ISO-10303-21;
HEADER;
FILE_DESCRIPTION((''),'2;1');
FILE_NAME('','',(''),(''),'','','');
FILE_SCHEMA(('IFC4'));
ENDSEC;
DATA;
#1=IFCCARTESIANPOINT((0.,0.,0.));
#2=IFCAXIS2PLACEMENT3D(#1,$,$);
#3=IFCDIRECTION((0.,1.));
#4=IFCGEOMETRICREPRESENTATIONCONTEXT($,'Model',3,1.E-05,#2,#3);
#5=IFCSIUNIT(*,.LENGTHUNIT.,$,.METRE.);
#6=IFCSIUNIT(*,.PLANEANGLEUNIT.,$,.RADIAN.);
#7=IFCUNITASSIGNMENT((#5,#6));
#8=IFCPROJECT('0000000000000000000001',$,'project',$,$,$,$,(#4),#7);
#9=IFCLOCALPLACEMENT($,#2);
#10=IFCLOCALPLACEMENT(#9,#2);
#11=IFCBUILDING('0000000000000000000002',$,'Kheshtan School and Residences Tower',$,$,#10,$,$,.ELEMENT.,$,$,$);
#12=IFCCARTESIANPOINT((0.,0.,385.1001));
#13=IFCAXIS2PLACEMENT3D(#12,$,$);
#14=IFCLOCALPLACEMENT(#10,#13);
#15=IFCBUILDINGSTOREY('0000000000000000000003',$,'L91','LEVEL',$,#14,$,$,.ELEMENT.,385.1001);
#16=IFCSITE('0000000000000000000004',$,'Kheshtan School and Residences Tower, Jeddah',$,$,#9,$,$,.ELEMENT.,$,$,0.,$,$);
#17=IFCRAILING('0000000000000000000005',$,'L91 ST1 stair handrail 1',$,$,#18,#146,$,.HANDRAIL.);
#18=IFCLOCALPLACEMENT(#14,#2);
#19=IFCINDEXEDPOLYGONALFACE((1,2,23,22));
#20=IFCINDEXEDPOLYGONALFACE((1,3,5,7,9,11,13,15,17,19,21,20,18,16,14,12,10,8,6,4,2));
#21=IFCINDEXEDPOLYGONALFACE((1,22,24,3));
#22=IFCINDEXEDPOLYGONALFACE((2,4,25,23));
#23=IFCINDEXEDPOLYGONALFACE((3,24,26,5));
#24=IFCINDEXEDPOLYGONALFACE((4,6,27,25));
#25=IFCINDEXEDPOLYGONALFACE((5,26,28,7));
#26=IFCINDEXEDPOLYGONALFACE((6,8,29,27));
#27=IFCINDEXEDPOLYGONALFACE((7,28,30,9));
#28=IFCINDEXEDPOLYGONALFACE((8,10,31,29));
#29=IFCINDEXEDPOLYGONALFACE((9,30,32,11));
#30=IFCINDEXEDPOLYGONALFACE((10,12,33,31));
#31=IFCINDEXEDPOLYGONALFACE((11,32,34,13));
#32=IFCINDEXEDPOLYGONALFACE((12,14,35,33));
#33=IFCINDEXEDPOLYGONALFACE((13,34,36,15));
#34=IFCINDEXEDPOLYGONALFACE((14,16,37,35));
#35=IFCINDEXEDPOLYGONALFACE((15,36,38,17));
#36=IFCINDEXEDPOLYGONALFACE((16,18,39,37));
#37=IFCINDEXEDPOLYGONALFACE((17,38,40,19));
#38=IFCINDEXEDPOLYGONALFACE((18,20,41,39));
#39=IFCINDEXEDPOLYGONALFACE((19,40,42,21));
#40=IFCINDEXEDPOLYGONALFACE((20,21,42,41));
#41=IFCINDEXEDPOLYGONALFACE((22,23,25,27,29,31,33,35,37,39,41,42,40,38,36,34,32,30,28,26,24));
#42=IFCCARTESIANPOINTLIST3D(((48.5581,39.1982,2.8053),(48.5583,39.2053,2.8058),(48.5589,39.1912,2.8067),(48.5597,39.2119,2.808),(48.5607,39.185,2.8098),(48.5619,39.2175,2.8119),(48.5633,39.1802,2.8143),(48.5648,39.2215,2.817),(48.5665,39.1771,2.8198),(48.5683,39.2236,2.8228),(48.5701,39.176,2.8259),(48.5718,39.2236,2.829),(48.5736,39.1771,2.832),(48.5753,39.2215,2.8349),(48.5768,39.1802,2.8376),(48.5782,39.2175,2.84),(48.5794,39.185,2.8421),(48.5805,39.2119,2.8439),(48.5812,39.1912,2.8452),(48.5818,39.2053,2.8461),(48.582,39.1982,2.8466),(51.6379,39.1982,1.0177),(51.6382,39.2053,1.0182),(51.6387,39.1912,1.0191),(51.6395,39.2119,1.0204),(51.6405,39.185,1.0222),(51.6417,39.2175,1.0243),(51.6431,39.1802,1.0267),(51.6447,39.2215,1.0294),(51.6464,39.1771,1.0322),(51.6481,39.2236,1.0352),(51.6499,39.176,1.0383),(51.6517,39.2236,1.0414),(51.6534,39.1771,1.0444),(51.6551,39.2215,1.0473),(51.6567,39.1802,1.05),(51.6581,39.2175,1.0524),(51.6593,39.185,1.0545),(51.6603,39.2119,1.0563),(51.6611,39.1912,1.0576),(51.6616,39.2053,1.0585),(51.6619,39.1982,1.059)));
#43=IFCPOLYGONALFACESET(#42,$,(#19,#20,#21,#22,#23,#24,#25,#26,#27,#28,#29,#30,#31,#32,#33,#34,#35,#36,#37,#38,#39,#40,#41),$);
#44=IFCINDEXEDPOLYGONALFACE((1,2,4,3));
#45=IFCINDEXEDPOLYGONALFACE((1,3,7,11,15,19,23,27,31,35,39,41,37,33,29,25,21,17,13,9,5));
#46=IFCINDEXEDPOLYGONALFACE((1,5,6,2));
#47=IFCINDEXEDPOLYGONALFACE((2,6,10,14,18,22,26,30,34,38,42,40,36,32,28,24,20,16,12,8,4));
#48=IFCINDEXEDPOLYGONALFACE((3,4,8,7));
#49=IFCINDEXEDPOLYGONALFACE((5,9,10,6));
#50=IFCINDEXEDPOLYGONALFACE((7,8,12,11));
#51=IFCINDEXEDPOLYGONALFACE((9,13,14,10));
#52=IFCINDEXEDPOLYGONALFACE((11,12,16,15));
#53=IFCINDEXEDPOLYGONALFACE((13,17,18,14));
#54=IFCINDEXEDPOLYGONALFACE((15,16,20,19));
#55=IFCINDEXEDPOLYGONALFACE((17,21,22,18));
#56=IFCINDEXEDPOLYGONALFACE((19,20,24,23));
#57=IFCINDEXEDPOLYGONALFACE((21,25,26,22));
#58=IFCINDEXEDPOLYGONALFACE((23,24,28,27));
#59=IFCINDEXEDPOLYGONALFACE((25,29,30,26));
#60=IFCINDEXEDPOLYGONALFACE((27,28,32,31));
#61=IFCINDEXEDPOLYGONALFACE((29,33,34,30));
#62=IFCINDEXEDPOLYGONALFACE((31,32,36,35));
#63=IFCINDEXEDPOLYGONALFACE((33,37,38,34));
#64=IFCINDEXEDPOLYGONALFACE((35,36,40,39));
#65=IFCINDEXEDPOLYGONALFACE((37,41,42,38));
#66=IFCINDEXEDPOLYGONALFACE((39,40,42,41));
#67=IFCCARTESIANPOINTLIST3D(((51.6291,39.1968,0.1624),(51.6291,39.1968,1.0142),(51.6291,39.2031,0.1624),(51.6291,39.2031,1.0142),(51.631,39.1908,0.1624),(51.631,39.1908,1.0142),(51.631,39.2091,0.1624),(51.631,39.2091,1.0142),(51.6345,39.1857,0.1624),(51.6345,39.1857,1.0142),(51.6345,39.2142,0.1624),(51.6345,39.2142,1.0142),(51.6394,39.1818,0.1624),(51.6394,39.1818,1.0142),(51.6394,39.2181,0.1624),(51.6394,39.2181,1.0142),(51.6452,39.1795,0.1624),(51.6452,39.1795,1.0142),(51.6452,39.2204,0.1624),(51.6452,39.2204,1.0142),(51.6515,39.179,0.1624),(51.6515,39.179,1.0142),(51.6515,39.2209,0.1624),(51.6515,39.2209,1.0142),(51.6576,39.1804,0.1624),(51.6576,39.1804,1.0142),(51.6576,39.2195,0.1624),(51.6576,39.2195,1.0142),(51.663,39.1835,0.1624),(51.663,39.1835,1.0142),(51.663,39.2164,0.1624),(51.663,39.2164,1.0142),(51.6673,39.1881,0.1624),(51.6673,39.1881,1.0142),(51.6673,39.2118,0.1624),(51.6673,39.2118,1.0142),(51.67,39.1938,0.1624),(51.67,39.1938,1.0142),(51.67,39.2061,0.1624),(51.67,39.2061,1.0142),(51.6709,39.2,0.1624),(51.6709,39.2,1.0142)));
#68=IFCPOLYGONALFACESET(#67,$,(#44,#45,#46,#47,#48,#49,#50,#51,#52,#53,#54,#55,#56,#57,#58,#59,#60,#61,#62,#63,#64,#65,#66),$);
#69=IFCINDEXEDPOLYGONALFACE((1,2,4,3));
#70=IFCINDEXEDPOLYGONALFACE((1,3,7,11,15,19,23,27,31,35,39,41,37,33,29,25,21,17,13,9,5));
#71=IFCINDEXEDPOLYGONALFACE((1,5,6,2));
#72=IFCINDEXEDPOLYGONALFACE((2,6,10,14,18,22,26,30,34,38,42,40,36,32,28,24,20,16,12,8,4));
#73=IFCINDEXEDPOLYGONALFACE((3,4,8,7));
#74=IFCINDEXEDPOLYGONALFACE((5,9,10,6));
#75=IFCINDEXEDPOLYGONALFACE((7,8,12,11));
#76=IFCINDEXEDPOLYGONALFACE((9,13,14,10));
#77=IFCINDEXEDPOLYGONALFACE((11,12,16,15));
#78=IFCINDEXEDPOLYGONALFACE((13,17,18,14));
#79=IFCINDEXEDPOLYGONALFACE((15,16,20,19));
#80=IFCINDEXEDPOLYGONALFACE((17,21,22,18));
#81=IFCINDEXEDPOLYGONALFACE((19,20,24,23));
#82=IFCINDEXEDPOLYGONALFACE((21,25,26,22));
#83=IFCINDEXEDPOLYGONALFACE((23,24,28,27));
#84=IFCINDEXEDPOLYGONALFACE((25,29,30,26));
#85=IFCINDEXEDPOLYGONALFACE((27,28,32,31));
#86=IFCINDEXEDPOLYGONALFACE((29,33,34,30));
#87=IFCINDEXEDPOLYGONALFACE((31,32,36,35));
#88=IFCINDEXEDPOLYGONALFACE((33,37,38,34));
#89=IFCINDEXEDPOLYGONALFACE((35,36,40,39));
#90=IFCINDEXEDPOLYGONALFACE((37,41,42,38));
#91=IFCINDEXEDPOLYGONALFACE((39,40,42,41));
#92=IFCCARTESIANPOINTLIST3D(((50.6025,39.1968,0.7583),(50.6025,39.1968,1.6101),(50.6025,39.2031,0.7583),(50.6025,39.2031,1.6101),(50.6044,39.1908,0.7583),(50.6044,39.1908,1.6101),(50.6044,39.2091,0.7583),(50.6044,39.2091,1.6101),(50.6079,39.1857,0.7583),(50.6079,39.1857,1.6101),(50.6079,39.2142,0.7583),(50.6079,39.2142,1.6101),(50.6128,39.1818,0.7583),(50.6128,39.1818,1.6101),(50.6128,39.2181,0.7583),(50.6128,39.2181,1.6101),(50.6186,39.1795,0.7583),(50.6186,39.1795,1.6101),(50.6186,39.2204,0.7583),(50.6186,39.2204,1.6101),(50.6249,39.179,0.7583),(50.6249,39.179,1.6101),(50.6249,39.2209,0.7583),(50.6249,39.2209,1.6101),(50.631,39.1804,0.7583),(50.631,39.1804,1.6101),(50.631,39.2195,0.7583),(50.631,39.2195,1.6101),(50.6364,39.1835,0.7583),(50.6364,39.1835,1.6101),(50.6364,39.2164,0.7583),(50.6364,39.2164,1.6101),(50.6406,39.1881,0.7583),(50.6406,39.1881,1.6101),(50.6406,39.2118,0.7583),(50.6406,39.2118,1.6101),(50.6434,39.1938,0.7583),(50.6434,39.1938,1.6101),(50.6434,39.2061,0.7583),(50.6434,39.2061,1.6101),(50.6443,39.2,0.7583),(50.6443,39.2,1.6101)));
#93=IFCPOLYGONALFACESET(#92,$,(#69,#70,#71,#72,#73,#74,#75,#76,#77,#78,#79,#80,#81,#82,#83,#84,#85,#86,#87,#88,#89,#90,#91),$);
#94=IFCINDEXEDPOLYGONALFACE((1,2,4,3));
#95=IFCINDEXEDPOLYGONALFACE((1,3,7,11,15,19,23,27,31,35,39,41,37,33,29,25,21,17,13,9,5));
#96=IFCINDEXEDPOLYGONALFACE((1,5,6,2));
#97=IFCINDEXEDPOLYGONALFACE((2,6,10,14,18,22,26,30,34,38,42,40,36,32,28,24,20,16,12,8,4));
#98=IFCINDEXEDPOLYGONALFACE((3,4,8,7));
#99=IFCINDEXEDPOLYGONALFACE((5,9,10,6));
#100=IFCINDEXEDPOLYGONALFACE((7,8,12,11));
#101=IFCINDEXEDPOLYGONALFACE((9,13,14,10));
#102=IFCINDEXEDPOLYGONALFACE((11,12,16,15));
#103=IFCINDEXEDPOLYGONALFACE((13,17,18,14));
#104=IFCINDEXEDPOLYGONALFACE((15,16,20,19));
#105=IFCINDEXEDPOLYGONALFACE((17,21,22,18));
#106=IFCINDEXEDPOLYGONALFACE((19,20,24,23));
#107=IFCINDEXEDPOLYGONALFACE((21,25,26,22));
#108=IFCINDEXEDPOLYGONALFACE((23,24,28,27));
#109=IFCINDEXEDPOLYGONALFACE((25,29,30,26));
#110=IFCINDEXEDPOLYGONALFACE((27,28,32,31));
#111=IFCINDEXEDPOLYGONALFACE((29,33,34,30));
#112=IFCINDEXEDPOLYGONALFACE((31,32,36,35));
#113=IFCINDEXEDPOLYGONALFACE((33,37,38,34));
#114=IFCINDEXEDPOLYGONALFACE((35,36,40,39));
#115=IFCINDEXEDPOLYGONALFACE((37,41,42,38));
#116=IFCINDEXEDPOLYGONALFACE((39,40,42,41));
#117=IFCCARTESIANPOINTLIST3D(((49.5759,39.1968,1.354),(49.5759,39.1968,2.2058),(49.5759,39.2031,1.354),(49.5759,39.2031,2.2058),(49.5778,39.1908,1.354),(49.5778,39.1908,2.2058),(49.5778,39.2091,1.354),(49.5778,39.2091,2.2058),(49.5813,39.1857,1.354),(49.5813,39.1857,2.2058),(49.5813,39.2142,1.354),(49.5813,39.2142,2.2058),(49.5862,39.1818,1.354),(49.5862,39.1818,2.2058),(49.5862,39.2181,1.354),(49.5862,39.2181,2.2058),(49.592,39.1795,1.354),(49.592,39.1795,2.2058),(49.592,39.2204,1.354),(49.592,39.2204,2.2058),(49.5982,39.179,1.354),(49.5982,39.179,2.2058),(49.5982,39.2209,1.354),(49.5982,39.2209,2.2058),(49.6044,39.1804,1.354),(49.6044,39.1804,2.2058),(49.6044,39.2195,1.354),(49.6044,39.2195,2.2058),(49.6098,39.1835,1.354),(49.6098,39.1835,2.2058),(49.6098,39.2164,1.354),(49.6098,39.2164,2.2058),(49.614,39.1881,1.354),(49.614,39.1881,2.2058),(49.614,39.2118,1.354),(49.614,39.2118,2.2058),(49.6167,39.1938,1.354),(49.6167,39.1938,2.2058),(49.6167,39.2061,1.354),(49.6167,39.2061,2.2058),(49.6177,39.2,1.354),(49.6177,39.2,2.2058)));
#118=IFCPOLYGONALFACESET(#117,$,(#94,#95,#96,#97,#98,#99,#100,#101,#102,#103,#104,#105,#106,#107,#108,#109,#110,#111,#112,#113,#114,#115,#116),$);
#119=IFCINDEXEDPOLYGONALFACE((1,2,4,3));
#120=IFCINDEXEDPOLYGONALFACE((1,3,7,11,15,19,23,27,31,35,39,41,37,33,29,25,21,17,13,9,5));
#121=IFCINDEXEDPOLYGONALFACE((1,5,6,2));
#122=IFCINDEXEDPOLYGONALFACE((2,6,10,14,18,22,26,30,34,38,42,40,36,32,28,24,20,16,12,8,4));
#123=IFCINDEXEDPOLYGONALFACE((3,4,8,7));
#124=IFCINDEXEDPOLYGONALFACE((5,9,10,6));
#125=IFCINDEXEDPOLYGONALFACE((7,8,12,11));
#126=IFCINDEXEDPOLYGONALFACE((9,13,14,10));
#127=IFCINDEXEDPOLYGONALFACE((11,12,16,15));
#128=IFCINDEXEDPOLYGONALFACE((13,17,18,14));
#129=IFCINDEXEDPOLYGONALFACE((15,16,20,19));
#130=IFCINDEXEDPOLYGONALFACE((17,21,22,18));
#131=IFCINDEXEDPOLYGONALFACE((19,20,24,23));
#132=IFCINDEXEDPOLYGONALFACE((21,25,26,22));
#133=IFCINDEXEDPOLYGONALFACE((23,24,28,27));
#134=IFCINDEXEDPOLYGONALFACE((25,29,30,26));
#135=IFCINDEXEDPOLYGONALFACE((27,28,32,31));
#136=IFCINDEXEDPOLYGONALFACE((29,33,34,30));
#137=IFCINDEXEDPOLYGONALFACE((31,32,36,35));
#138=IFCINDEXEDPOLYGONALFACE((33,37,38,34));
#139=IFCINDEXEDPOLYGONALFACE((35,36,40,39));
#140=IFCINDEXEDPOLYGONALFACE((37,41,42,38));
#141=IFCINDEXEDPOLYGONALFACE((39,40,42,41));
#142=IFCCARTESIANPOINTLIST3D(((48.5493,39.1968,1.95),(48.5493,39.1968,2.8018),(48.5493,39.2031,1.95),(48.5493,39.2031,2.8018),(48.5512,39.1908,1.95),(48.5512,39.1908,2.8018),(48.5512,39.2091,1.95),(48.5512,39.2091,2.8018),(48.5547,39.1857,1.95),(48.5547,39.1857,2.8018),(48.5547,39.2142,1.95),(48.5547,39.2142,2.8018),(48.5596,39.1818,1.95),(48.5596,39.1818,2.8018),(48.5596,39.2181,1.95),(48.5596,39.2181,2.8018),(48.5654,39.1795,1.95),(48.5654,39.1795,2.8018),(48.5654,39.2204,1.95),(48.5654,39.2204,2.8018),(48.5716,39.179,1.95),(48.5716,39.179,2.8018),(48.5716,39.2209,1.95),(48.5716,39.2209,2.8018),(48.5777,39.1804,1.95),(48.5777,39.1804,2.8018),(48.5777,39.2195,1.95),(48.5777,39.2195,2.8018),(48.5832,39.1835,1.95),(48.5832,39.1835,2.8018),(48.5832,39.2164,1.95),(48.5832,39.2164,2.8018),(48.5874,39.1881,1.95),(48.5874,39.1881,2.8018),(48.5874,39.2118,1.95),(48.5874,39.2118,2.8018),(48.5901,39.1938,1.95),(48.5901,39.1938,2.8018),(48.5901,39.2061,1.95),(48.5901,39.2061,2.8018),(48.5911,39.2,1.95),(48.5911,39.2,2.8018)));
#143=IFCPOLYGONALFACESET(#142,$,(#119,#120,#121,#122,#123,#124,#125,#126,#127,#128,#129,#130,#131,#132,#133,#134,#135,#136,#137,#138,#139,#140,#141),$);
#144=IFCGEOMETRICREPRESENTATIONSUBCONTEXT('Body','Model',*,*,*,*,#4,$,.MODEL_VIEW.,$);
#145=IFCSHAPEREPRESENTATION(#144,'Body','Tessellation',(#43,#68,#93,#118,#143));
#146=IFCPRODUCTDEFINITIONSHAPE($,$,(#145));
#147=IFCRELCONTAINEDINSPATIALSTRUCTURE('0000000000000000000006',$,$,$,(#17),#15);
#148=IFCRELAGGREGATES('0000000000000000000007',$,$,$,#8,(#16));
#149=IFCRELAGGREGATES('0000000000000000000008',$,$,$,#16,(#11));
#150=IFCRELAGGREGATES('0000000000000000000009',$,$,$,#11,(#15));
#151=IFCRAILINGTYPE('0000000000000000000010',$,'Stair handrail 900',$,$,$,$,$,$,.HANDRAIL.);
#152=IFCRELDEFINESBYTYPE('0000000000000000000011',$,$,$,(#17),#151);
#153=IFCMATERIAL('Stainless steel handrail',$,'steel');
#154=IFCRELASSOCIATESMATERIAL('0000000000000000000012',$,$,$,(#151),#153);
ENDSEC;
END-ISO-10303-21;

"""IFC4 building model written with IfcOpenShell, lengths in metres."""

from ifc_helpers import new_model, si_unit, direction, frame, origin, origin_2d, place, context, subcontext, project, spatial, circle, extrude, material, type_object, element, save


model = new_model("IFC4")

# Units and contexts
model_context = context("Model", 3, precision=1e-05, world=origin(), true_north=direction((0.0, 1.0)))
body_context = subcontext(model_context, "Body", "Model", "MODEL_VIEW")
ifc_project = project(units=[si_unit("LENGTHUNIT", "METRE"), si_unit("PLANEANGLEUNIT", "RADIAN")], contexts=[model_context])

# Site, building, storey
site_placement = place(None, origin())
site = spatial("IfcSite", under=ifc_project, at=site_placement, Name="Kheshtan School and Residences Tower, Jeddah", CompositionType="ELEMENT", RefElevation=0.0)
building_placement = place(site_placement, origin())
building = spatial("IfcBuilding", under=site, at=building_placement, Name="Kheshtan School and Residences Tower", CompositionType="ELEMENT")
storey_placement = place(building_placement, frame((0.0, 0.0, 385.1001)))
storey = spatial("IfcBuildingStorey", under=building, at=storey_placement, Name="L91", Description="LEVEL", CompositionType="ELEMENT", Elevation=385.1001)

# Railing
ifc_material_1 = material(Name="Stainless steel handrail", Category="steel")
railing_type_1 = type_object("IfcRailingType", Name="Stair handrail 900", PredefinedType="HANDRAIL", material=ifc_material_1)
railing_1_placement = place(storey_placement, frame((51.6499, 39.2, 0.1624)))
element("IfcRailing", 1, at=railing_1_placement, inside=storey, type_object=railing_type_1, Name="L91 ST1 stair handrail 1", PredefinedType="HANDRAIL", context=body_context, shape_type="SweptSolid", body=[
    extrude(circle(Radius=0.0239, at=origin_2d()), frame((0.0, 0.0, 0.876), z_axis=(-0.864873, 0.0, 0.50199), x_axis=(0.0, -1.0, 0.0)), (0.0, 0.0, 1.0), 3.561),
    extrude(circle(Radius=0.021, at=origin_2d()), origin(), (0.0, 0.0, 1.0), 0.8518),
    extrude(circle(Radius=0.021, at=origin_2d()), frame((-1.0266, 0.0, 0.5959)), (0.0, 0.0, 1.0), 0.8518),
    extrude(circle(Radius=0.021, at=origin_2d()), frame((-2.0532, 0.0, 1.1917)), (0.0, 0.0, 1.0), 0.8518),
    extrude(circle(Radius=0.021, at=origin_2d()), frame((-3.0798, 0.0, 1.7876)), (0.0, 0.0, 1.0), 0.8518),
])

save(model, "model.ifc")
